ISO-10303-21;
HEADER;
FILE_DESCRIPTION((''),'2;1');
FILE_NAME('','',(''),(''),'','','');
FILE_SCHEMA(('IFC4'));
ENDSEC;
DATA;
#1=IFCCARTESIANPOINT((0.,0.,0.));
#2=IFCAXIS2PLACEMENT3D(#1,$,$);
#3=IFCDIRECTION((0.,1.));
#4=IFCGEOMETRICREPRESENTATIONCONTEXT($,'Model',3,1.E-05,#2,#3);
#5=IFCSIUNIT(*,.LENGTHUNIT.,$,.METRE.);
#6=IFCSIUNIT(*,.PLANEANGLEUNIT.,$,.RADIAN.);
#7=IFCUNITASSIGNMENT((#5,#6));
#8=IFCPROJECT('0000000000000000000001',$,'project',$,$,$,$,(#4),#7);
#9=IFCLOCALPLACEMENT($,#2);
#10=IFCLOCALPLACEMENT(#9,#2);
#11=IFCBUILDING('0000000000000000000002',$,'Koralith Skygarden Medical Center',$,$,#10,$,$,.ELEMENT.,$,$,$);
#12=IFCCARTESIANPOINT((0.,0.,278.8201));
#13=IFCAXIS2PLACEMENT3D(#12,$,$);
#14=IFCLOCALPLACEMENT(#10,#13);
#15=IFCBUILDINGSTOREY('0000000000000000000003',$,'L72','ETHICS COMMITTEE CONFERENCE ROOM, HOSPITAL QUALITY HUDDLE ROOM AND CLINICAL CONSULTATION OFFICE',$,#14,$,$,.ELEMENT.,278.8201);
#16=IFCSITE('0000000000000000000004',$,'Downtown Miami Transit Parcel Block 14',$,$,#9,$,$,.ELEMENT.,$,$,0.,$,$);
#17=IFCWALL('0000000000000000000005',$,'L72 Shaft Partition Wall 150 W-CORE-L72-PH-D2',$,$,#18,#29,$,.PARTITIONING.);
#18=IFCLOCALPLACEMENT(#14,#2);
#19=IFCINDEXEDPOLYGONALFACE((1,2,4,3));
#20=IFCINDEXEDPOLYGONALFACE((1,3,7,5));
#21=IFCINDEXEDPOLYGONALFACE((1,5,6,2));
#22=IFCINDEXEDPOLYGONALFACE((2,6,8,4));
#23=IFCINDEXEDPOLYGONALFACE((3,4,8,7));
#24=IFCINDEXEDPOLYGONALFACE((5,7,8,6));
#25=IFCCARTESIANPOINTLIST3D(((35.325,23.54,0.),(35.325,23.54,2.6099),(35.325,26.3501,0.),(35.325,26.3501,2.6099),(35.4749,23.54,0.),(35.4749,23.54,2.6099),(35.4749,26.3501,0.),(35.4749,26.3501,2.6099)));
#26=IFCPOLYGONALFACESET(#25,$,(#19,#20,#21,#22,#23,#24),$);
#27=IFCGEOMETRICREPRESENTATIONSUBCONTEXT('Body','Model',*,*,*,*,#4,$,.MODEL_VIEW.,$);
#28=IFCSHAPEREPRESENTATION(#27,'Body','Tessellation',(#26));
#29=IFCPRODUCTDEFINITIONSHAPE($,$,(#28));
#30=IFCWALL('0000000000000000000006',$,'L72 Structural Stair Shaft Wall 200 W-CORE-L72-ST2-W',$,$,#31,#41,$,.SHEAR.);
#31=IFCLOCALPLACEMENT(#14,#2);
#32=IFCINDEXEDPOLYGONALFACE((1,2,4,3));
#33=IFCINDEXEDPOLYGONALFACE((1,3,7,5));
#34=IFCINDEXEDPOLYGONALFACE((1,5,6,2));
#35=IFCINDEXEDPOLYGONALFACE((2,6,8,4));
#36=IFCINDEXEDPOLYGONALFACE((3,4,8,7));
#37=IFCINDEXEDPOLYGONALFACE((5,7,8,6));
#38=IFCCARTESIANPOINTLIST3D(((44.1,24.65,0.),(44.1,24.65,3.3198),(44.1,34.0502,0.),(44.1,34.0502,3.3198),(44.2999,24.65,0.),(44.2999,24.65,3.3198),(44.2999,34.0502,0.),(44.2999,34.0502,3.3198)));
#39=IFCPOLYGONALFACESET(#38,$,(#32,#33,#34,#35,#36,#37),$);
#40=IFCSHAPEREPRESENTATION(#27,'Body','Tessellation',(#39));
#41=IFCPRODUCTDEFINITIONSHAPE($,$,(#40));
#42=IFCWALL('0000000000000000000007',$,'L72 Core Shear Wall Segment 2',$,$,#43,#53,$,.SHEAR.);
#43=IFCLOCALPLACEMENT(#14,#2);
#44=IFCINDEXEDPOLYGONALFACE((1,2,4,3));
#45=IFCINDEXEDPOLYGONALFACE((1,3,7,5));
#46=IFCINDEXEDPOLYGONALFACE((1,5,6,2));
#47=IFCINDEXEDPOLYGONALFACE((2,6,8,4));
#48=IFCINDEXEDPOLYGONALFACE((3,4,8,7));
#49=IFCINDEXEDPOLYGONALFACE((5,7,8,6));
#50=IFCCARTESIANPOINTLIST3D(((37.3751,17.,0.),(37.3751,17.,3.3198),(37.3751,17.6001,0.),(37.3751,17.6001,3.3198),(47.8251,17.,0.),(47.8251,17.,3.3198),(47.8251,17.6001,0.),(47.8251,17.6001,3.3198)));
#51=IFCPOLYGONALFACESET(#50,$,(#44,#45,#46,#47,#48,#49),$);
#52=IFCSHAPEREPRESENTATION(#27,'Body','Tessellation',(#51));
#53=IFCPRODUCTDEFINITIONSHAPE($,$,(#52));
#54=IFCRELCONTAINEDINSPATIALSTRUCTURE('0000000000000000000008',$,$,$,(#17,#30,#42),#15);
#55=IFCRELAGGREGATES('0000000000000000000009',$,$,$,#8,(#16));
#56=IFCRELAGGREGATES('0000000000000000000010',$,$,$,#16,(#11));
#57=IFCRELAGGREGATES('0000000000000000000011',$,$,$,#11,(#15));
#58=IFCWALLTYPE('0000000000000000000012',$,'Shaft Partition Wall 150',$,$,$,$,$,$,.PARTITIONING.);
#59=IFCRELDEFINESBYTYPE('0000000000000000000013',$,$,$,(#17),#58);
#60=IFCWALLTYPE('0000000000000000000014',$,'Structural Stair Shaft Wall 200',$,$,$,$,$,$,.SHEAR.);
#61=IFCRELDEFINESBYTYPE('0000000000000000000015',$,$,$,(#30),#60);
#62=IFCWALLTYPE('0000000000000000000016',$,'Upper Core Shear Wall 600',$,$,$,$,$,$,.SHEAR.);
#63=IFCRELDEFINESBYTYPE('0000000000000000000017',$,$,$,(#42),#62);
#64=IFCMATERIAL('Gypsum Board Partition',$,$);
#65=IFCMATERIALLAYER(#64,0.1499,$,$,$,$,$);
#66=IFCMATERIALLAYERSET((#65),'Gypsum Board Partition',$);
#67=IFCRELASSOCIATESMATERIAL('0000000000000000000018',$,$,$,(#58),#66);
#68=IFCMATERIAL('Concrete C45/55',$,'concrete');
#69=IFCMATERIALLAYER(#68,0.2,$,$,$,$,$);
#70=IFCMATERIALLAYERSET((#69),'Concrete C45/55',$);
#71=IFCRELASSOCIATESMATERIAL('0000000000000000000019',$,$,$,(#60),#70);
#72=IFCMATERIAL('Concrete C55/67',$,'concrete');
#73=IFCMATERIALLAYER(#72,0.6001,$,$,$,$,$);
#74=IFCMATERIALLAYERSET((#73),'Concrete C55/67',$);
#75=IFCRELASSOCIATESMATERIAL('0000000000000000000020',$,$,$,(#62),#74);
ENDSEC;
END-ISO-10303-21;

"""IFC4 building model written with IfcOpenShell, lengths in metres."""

from ifc_helpers import new_model, si_unit, direction, frame, frame_2d, origin, place, context, subcontext, project, spatial, rectangle, extrude, material, layer, layer_set, type_object, element, save


model = new_model("IFC4")

# Units and contexts
model_context = context("Model", 3, precision=1e-05, world=origin(), true_north=direction((0.0, 1.0)))
body_context = subcontext(model_context, "Body", "Model", "MODEL_VIEW")
ifc_project = project(units=[si_unit("LENGTHUNIT", "METRE"), si_unit("PLANEANGLEUNIT", "RADIAN")], contexts=[model_context])

# Site, building, storey
site_placement = place(None, origin())
site = spatial("IfcSite", under=ifc_project, at=site_placement, Name="Downtown Miami Transit Parcel Block 14", CompositionType="ELEMENT", RefElevation=0.0)
building_placement = place(site_placement, origin())
building = spatial("IfcBuilding", under=site, at=building_placement, Name="Koralith Skygarden Medical Center", CompositionType="ELEMENT")
storey_placement = place(building_placement, frame((0.0, 0.0, 278.8201)))
storey = spatial("IfcBuildingStorey", under=building, at=storey_placement, Name="L72", Description="ETHICS COMMITTEE CONFERENCE ROOM, HOSPITAL QUALITY HUDDLE ROOM AND CLINICAL CONSULTATION OFFICE", CompositionType="ELEMENT", Elevation=278.8201)

# Shared definitions
ifc_material_1 = material(Name="Concrete C55/67", Category="concrete")

# Shared definitions
ifc_material_2 = material(Name="Concrete C45/55", Category="concrete")

# Shared definitions
ifc_material_3 = material(Name="Gypsum Board Partition")

# Walls
ifc_layer_1 = layer(ifc_material_3, 0.1499)
ifc_layer_set_1 = layer_set([ifc_layer_1], Name="Gypsum Board Partition")
wall_type_1 = type_object("IfcWallType", Name="Shaft Partition Wall 150", PredefinedType="PARTITIONING", material=ifc_layer_set_1)
wall_1_placement = place(storey_placement, frame((35.3999, 23.54, 0.0), z_axis=(0.0, 0.0, 1.0), x_axis=(0.0, 1.0, 0.0)))
element("IfcWall", 1, at=wall_1_placement, inside=storey, type_object=wall_type_1, Name="L72 Shaft Partition Wall 150 W-CORE-L72-PH-D2", PredefinedType="PARTITIONING", context=body_context, shape_type="SweptSolid", body=[
    extrude(rectangle(XDim=2.8101, YDim=0.1499, at=frame_2d((1.405, 0.0))), origin(), (0.0, 0.0, 1.0), 2.6099),
])
ifc_layer_2 = layer(ifc_material_2, 0.2)
ifc_layer_set_2 = layer_set([ifc_layer_2], Name="Concrete C45/55")
wall_type_2 = type_object("IfcWallType", Name="Structural Stair Shaft Wall 200", PredefinedType="SHEAR", material=ifc_layer_set_2)
wall_2_placement = place(storey_placement, frame((44.2, 24.6499, 0.0), z_axis=(0.0, 0.0, 1.0), x_axis=(0.0, 1.0, 0.0)))
element("IfcWall", 2, at=wall_2_placement, inside=storey, type_object=wall_type_2, Name="L72 Structural Stair Shaft Wall 200 W-CORE-L72-ST2-W", PredefinedType="SHEAR", context=body_context, shape_type="SweptSolid", body=[
    extrude(rectangle(XDim=9.4001, YDim=0.2, at=frame_2d((4.7002, 0.0))), origin(), (0.0, 0.0, 1.0), 3.3198),
])

# Wall
ifc_layer_3 = layer(ifc_material_1, 0.6001)
ifc_layer_set_3 = layer_set([ifc_layer_3], Name="Concrete C55/67")
wall_type_3 = type_object("IfcWallType", Name="Upper Core Shear Wall 600", PredefinedType="SHEAR", material=ifc_layer_set_3)
wall_3_placement = place(storey_placement, frame((37.375, 17.3, 0.0), z_axis=(0.0, 0.0, 1.0), x_axis=(1.0, 0.0, 0.0)))
element("IfcWall", 3, at=wall_3_placement, inside=storey, type_object=wall_type_3, Name="L72 Core Shear Wall Segment 2", PredefinedType="SHEAR", context=body_context, shape_type="SweptSolid", body=[
    extrude(rectangle(XDim=10.45, YDim=0.6001, at=frame_2d((5.2251, 0.0))), origin(), (0.0, 0.0, 1.0), 3.3198),
])

save(model, "model.ifc")
